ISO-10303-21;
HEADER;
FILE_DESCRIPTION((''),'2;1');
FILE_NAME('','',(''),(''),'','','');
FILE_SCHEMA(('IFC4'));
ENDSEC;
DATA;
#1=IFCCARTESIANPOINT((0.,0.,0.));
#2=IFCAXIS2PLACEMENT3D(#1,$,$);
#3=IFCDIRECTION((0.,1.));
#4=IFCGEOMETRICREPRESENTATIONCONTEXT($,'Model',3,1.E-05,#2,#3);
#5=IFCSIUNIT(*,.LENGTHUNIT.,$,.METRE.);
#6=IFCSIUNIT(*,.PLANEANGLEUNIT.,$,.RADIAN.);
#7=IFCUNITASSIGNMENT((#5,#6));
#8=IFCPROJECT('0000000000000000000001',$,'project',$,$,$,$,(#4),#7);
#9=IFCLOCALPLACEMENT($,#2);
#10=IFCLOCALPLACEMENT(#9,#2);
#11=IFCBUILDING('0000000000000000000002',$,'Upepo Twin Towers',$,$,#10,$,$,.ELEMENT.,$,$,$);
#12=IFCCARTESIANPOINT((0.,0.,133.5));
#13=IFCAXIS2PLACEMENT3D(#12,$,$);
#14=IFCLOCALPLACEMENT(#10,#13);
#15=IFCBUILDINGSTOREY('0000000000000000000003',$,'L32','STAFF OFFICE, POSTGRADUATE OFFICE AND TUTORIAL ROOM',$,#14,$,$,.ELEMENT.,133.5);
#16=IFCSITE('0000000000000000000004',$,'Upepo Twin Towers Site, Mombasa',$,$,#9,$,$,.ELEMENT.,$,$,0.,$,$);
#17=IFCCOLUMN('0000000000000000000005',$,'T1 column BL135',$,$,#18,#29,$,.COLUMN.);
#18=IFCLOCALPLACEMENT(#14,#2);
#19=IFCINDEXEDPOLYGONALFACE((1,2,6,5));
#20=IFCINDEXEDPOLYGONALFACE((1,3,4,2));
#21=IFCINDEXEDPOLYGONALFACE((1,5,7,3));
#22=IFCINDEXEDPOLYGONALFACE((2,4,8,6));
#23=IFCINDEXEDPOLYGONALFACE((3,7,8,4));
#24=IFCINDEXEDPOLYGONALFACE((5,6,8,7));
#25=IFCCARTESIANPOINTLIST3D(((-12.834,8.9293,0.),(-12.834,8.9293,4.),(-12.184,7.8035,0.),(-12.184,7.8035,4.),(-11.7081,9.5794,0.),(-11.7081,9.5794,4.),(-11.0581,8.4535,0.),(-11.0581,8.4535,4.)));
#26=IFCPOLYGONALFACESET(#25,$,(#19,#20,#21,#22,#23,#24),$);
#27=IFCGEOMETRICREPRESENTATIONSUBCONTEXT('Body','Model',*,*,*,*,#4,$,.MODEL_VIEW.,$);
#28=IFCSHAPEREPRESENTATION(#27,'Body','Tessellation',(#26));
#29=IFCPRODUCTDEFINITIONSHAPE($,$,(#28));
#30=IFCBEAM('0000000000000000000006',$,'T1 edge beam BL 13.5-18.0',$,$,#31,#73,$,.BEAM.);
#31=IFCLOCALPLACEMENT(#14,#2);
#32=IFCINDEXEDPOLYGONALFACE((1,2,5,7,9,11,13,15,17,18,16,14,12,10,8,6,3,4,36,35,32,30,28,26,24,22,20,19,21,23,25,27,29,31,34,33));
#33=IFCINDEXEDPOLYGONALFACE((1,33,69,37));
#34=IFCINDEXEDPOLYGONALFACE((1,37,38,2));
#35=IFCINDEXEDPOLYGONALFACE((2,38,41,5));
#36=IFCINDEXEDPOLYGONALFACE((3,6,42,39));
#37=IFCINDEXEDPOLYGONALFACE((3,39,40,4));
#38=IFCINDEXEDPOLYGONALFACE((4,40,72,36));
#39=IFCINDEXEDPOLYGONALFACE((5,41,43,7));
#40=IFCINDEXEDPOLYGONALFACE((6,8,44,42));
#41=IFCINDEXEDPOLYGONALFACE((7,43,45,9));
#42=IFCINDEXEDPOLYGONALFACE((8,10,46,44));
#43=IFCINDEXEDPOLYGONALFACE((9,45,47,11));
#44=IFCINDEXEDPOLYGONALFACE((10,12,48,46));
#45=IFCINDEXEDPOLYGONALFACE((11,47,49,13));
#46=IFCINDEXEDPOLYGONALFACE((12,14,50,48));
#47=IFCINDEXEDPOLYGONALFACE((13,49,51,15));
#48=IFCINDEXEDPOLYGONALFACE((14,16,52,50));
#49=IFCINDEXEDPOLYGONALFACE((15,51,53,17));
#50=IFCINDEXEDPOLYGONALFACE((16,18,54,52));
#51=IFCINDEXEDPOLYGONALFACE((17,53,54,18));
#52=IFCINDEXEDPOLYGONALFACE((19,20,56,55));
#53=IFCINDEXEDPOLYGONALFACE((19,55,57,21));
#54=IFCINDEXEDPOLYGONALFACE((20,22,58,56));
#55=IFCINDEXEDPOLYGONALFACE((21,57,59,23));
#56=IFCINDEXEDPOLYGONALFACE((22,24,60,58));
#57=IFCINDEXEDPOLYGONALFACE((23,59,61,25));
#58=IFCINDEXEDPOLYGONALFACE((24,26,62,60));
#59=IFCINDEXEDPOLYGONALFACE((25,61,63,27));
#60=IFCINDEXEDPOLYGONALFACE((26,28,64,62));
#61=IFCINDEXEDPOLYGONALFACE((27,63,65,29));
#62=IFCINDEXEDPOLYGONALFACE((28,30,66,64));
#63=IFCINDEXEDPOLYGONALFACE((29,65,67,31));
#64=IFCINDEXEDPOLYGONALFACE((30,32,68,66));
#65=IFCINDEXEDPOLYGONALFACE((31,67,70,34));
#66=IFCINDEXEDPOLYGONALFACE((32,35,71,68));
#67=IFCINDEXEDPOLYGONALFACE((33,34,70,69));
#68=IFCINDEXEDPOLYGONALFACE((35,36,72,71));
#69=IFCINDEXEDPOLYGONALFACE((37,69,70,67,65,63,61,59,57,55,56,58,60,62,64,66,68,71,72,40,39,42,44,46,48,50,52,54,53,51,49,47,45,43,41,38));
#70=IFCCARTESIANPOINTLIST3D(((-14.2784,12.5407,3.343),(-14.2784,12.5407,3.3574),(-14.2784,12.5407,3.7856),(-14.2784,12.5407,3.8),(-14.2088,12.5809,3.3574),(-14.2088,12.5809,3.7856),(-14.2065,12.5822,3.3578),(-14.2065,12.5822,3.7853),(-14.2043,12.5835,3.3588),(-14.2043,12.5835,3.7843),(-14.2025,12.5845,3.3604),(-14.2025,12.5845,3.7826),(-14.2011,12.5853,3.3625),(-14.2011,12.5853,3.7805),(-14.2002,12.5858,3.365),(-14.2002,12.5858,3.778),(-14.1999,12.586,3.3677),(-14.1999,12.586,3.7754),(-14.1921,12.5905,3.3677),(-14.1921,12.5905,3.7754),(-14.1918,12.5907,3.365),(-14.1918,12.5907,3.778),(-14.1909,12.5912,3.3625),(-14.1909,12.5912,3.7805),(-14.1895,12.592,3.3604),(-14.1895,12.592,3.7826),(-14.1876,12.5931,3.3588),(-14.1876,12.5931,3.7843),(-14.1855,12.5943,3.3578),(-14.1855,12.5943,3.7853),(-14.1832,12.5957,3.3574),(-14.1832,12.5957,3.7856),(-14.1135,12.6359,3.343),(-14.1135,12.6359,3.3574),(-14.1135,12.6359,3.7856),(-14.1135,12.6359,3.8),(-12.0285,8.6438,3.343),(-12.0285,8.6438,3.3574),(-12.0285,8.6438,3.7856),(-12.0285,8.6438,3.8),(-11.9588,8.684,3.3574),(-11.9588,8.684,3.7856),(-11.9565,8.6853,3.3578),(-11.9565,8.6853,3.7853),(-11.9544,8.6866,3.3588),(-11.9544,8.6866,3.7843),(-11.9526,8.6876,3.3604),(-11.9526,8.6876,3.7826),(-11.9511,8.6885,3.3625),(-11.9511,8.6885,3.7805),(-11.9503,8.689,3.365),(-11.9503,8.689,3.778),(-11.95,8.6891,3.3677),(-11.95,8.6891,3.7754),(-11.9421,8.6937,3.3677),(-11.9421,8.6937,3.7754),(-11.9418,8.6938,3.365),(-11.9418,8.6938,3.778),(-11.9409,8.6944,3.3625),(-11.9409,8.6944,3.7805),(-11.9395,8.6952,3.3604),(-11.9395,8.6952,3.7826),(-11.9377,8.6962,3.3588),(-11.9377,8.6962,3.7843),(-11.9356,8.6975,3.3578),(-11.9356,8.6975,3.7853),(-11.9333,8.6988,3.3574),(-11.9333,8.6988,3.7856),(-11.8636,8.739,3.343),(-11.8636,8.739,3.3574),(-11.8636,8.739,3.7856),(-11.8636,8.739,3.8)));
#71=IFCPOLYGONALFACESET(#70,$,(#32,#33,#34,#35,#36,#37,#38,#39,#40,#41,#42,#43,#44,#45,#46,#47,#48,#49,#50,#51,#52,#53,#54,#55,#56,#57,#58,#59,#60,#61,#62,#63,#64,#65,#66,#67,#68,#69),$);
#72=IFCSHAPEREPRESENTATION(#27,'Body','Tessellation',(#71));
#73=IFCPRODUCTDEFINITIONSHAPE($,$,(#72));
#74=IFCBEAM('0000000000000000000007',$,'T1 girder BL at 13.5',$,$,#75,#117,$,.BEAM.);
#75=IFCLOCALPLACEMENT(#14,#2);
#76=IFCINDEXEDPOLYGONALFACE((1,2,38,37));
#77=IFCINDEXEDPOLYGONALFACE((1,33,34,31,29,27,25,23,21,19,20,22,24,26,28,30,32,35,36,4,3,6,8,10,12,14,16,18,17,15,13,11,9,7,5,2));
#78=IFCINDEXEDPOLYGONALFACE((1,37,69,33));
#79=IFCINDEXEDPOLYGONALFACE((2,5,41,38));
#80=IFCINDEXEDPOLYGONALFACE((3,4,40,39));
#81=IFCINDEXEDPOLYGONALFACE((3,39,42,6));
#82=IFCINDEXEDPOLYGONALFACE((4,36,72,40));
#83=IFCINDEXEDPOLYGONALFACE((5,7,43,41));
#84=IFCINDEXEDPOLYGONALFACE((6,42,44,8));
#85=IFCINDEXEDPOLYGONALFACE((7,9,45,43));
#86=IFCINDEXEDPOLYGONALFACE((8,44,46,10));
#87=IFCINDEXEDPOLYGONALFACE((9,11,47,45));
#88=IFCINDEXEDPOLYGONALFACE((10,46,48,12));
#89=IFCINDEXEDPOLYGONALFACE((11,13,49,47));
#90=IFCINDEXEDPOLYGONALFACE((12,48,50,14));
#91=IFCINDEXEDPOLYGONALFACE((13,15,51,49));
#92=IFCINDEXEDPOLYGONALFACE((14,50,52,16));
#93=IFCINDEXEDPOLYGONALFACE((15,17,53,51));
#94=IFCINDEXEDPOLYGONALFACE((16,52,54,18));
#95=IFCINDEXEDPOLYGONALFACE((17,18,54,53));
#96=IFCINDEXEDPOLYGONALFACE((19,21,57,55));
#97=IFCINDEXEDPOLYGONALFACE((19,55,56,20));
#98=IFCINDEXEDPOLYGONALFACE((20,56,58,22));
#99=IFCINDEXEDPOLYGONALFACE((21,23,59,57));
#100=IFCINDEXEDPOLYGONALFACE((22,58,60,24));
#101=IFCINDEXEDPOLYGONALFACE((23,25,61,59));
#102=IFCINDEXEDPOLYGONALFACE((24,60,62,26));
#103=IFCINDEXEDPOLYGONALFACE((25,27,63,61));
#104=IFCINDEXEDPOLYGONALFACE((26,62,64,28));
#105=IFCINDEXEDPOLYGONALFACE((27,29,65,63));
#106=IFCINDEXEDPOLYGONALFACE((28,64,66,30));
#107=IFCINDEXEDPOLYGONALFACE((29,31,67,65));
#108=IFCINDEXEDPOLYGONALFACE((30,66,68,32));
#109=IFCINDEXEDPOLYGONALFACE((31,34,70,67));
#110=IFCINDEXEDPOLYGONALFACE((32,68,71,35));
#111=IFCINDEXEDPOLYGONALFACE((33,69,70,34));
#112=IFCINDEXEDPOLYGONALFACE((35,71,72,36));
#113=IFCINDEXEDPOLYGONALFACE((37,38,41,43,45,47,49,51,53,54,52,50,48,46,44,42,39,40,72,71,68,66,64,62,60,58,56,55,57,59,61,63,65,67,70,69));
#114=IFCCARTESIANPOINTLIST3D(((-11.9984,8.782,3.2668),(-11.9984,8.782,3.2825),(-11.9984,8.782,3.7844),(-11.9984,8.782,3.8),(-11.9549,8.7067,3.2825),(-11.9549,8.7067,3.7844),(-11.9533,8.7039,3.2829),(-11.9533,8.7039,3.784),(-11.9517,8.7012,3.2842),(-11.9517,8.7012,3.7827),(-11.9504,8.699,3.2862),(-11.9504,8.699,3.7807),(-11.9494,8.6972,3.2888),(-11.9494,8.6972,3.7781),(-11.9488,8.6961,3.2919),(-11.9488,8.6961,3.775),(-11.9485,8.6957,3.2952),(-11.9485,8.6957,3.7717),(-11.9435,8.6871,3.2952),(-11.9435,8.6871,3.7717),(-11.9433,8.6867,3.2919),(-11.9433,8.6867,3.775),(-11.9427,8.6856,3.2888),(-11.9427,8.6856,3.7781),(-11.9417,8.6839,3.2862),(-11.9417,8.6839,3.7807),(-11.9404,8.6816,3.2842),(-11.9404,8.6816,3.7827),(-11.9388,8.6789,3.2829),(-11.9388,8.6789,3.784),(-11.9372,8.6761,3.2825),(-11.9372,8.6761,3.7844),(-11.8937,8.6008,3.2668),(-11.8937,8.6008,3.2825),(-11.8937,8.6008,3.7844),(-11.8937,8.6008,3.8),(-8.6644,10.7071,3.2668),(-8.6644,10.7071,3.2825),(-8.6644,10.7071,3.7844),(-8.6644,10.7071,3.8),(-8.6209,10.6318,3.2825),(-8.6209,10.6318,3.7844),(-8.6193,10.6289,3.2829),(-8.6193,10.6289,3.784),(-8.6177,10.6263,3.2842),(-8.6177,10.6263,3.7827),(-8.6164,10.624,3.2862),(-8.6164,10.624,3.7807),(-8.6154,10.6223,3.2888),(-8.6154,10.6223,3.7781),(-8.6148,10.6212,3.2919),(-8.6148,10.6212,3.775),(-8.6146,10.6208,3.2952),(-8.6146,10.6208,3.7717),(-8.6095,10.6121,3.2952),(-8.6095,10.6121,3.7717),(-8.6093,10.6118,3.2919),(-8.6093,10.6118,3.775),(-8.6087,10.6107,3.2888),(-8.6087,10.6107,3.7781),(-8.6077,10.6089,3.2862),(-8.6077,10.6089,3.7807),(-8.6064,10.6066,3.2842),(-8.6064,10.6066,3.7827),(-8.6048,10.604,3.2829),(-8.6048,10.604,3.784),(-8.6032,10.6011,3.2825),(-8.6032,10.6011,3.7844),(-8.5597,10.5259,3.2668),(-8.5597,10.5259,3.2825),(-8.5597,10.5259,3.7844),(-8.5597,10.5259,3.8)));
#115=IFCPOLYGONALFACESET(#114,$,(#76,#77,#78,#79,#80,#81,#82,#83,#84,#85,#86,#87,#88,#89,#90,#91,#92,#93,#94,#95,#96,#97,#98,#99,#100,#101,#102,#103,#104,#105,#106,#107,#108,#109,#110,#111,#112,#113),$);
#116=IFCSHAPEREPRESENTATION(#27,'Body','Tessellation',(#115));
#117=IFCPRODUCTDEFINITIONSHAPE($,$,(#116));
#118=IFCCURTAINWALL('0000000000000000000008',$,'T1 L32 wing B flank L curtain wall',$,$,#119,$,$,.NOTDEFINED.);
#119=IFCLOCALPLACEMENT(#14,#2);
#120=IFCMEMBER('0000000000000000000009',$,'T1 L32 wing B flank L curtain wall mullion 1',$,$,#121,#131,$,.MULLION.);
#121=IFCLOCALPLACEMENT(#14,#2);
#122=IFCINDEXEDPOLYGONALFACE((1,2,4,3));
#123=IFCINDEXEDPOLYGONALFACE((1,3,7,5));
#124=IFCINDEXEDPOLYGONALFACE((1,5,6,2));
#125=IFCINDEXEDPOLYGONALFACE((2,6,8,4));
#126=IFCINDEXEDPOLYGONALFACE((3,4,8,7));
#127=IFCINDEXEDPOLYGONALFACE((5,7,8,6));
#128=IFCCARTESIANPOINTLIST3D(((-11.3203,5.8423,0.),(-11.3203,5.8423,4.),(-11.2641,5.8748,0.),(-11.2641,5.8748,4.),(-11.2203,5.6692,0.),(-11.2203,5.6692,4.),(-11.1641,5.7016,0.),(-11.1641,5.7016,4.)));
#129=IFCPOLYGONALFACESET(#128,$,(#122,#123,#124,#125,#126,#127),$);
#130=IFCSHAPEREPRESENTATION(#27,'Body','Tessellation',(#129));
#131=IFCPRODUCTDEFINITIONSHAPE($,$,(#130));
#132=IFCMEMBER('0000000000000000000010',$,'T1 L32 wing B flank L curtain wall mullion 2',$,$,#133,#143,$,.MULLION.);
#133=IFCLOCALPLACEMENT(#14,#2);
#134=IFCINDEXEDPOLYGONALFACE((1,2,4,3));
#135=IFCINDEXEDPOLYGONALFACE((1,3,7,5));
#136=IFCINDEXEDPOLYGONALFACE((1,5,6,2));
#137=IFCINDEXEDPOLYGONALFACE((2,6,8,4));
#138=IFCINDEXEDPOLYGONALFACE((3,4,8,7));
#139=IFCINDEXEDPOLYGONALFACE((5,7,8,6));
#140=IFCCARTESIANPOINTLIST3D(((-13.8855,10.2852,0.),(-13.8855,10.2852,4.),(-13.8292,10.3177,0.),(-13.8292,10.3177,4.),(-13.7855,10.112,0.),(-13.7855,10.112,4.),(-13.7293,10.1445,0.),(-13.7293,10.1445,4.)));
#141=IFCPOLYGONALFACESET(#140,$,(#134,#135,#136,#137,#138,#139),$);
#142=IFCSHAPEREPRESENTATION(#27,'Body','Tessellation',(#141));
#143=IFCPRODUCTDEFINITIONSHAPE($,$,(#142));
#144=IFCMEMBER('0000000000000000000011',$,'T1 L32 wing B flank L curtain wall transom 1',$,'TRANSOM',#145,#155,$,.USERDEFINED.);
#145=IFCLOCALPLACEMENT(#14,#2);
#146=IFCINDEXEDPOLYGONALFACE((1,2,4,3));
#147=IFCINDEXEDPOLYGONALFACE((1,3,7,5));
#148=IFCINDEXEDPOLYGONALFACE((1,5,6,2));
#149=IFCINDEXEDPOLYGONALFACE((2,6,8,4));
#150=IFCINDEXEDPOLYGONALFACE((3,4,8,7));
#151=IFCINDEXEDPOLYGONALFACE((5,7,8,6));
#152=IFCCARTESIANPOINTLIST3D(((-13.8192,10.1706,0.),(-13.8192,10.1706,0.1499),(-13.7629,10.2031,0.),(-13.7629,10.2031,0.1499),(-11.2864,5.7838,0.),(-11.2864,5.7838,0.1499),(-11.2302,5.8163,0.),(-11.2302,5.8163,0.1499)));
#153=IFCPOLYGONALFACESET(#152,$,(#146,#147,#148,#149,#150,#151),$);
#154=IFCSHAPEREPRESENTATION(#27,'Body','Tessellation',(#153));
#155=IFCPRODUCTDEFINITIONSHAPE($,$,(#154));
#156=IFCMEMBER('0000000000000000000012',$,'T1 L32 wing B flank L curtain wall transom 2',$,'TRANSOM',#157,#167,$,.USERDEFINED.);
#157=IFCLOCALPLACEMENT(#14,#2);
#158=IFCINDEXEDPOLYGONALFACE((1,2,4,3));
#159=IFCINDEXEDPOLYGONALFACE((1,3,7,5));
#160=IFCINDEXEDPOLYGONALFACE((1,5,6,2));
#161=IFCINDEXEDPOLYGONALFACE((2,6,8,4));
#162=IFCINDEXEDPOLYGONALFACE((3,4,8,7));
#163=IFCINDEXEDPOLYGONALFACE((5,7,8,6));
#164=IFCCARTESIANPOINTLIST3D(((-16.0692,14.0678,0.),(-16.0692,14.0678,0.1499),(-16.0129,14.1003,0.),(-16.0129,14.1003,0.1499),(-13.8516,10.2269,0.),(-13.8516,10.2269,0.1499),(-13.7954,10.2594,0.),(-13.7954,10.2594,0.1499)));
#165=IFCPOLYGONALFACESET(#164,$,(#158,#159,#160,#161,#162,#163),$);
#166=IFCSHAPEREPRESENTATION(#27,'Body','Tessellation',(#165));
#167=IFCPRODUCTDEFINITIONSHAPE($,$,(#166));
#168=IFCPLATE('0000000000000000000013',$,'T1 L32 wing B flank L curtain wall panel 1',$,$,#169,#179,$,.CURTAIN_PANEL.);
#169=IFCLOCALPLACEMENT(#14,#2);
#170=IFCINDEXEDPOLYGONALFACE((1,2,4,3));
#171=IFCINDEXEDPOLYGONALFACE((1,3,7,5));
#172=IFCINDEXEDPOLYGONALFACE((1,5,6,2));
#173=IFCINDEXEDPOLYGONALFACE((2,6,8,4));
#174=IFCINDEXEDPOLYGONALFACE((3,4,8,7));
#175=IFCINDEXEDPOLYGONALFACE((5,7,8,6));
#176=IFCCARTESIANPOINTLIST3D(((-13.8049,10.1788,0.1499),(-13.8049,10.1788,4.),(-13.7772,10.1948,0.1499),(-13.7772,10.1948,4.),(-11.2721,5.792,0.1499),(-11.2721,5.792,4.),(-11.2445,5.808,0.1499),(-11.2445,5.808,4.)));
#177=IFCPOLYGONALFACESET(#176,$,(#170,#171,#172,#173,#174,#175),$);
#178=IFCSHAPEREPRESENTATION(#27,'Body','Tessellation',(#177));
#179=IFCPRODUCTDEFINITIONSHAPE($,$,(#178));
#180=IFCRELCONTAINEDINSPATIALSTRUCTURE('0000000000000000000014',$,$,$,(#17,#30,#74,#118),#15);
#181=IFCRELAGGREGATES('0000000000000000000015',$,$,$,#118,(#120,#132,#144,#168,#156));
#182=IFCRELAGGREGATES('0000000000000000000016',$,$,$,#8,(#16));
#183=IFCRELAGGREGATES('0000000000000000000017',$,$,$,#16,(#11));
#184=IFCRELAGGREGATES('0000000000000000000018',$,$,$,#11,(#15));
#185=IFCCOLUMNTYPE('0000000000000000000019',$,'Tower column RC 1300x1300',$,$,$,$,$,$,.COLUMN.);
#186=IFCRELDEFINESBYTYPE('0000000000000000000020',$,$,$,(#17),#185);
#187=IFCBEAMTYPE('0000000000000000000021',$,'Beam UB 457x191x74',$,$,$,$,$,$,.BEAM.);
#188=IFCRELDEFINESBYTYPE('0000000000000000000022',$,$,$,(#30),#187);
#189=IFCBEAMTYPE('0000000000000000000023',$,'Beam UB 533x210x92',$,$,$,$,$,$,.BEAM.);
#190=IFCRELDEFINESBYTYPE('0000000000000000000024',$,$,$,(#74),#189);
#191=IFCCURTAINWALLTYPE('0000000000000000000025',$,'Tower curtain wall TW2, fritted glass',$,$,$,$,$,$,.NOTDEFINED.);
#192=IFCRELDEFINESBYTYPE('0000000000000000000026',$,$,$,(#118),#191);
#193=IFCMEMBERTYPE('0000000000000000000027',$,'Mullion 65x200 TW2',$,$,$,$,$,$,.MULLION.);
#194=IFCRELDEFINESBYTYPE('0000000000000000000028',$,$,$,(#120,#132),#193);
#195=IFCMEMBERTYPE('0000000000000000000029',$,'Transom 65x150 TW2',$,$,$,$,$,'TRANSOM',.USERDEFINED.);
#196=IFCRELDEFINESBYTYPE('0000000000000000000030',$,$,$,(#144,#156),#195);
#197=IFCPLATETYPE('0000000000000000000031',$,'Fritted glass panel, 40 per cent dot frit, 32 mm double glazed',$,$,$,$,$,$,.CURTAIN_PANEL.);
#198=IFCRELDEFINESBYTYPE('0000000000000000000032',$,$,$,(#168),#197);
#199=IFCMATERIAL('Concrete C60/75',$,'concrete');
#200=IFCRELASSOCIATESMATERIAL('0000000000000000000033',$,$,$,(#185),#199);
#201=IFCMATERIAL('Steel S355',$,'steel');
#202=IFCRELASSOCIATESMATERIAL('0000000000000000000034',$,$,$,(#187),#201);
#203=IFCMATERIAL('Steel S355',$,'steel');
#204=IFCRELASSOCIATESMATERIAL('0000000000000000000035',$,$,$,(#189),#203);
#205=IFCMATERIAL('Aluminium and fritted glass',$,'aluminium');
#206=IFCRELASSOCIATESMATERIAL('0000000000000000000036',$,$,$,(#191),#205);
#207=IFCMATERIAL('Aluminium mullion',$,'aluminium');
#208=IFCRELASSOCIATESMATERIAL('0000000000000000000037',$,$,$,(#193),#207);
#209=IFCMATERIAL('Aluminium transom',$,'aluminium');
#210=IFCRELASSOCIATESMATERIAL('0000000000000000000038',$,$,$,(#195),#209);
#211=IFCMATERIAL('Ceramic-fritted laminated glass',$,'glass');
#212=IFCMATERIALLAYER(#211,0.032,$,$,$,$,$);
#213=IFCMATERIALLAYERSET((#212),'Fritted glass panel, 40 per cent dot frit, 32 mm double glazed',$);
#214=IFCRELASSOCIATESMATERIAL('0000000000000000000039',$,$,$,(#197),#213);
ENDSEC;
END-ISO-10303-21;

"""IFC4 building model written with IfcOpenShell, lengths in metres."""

from ifc_helpers import new_model, si_unit, direction, frame, origin, origin_2d, place, context, subcontext, project, spatial, rectangle, i_section, extrude, material, layer, layer_set, material_profile, profile_set, type_object, element, aggregate, save


model = new_model("IFC4")

# Units and contexts
model_context = context("Model", 3, precision=1e-05, world=origin(), true_north=direction((0.0, 1.0)))
body_context = subcontext(model_context, "Body", "Model", "MODEL_VIEW")
ifc_project = project(units=[si_unit("LENGTHUNIT", "METRE"), si_unit("PLANEANGLEUNIT", "RADIAN")], contexts=[model_context])

# Site, building, storey
site_placement = place(None, origin())
site = spatial("IfcSite", under=ifc_project, at=site_placement, Name="Upepo Twin Towers Site, Mombasa", CompositionType="ELEMENT", RefElevation=0.0)
building_placement = place(site_placement, origin())
building = spatial("IfcBuilding", under=site, at=building_placement, Name="Upepo Twin Towers", CompositionType="ELEMENT")
storey_placement = place(building_placement, frame((0.0, 0.0, 133.5)))
storey = spatial("IfcBuildingStorey", under=building, at=storey_placement, Name="L32", Description="STAFF OFFICE, POSTGRADUATE OFFICE AND TUTORIAL ROOM", CompositionType="ELEMENT", Elevation=133.5)

# Column
ifc_material_1 = material(Name="Concrete C60/75", Category="concrete")
ifc_material_profile_1 = material_profile(ifc_material_1, rectangle(XDim=1.3, YDim=1.3, at=origin_2d()), Name="RC 1300x1300")
ifc_profile_set_1 = profile_set([ifc_material_profile_1], Name="Concrete C60/75")
column_type = type_object("IfcColumnType", Name="Tower column RC 1300x1300", PredefinedType="COLUMN", material=ifc_profile_set_1)
column_placement = place(storey_placement, frame((-11.946, 8.6914, 0.0), z_axis=(0.0, 0.0, 1.0), x_axis=(0.866025, 0.5, 0.0)))
element("IfcColumn", 1, at=column_placement, inside=storey, type_object=column_type, Name="T1 column BL135", PredefinedType="COLUMN", context=body_context, shape_type="SweptSolid", body=[
    extrude(rectangle(XDim=1.3, YDim=1.3, at=origin_2d()), origin(), (0.0, 0.0, 1.0), 4.0),
])

# Beams
ifc_material_2 = material(Name="Steel S355", Category="steel")
ifc_material_profile_2 = material_profile(ifc_material_2, i_section(OverallWidth=0.1904, OverallDepth=0.457, WebThickness=0.009, FlangeThickness=0.0144, FilletRadius=0.0103, at=origin_2d()), Name="UB 457x191x74")
ifc_profile_set_2 = profile_set([ifc_material_profile_2], Name="Steel S355")
beam_type_1 = type_object("IfcBeamType", Name="Beam UB 457x191x74", PredefinedType="BEAM", material=ifc_profile_set_2)
beam_1_placement = place(storey_placement, frame((-11.946, 8.6914, 3.5715), z_axis=(-0.500014, 0.866018, 0.0), x_axis=(-0.866018, -0.500014, 0.0)))
element("IfcBeam", 2, at=beam_1_placement, inside=storey, type_object=beam_type_1, Name="T1 edge beam BL 13.5-18.0", PredefinedType="BEAM", context=body_context, shape_type="SweptSolid", body=[
    extrude(i_section(OverallWidth=0.1904, OverallDepth=0.457, WebThickness=0.009, FlangeThickness=0.0144, FilletRadius=0.0103, at=origin_2d()), origin(), (0.0, 0.0, 1.0), 4.4998),
])
ifc_material_3 = material(Name="Steel S355", Category="steel")
ifc_material_profile_3 = material_profile(ifc_material_3, i_section(OverallWidth=0.2092, OverallDepth=0.5332, WebThickness=0.01, FlangeThickness=0.0156, FilletRadius=0.0127, at=origin_2d()), Name="UB 533x210x92")
ifc_profile_set_3 = profile_set([ifc_material_profile_3], Name="Steel S355")
beam_type_2 = type_object("IfcBeamType", Name="Beam UB 533x210x92", PredefinedType="BEAM", material=ifc_profile_set_3)
beam_2_placement = place(storey_placement, frame((-11.946, 8.6914, 3.5334), z_axis=(0.866006, 0.500034, 0.0), x_axis=(-0.500034, 0.866006, 0.0)))
element("IfcBeam", 3, at=beam_2_placement, inside=storey, type_object=beam_type_2, Name="T1 girder BL at 13.5", PredefinedType="BEAM", context=body_context, shape_type="SweptSolid", body=[
    extrude(i_section(OverallWidth=0.2092, OverallDepth=0.5332, WebThickness=0.01, FlangeThickness=0.0156, FilletRadius=0.0127, at=origin_2d()), origin(), (0.0, 0.0, 1.0), 3.8499),
])

# Curtain wall, members, plate
ifc_material_4 = material(Name="Aluminium and fritted glass", Category="aluminium")
curtain_wall_type = type_object("IfcCurtainWallType", Name="Tower curtain wall TW2, fritted glass", PredefinedType="NOTDEFINED", material=ifc_material_4)
curtain_wall_placement = place(storey_placement, origin())
curtain_wall = element("IfcCurtainWall", 4, at=curtain_wall_placement, inside=storey, type_object=curtain_wall_type, Name="T1 L32 wing B flank L curtain wall", PredefinedType="NOTDEFINED")
ifc_material_5 = material(Name="Aluminium mullion", Category="aluminium")
ifc_material_profile_4 = material_profile(ifc_material_5, rectangle(XDim=0.0649, YDim=0.2, at=origin_2d()), Name="MULLION 65x200")
ifc_profile_set_4 = profile_set([ifc_material_profile_4], Name="Aluminium mullion")
member_type_1 = type_object("IfcMemberType", Name="Mullion 65x200 TW2", PredefinedType="MULLION", material=ifc_profile_set_4)
member_1_placement = place(storey_placement, frame((-11.2422, 5.772, 0.0), z_axis=(0.0, 0.0, 1.0), x_axis=(-0.866025, -0.5, 0.0)))
member_1 = element("IfcMember", 5, at=member_1_placement, type_object=member_type_1, Name="T1 L32 wing B flank L curtain wall mullion 1", PredefinedType="MULLION", context=body_context, shape_type="SweptSolid", body=[
    extrude(rectangle(XDim=0.0649, YDim=0.2, at=origin_2d()), origin(), (0.0, 0.0, 1.0), 4.0),
])
member_2_placement = place(storey_placement, frame((-13.8074, 10.2148, 0.0), z_axis=(0.0, 0.0, 1.0), x_axis=(-0.866025, -0.5, 0.0)))
member_2 = element("IfcMember", 6, at=member_2_placement, type_object=member_type_1, Name="T1 L32 wing B flank L curtain wall mullion 2", PredefinedType="MULLION", context=body_context, shape_type="SweptSolid", body=[
    extrude(rectangle(XDim=0.0649, YDim=0.2, at=origin_2d()), origin(), (0.0, 0.0, 1.0), 4.0),
])
ifc_material_6 = material(Name="Aluminium transom", Category="aluminium")
ifc_material_profile_5 = material_profile(ifc_material_6, rectangle(XDim=0.0649, YDim=0.1499, at=origin_2d()), Name="TRANSOM 65x150")
ifc_profile_set_5 = profile_set([ifc_material_profile_5], Name="Aluminium transom")
member_type_2 = type_object("IfcMemberType", Name="Transom 65x150 TW2", ElementType="TRANSOM", PredefinedType="USERDEFINED", material=ifc_profile_set_5)
member_3_placement = place(storey_placement, frame((-11.2583, 5.8, 0.075), z_axis=(-0.500006, 0.866022, 0.0), x_axis=(-0.866022, -0.500006, 0.0)))
member_3 = element("IfcMember", 7, at=member_3_placement, type_object=member_type_2, Name="T1 L32 wing B flank L curtain wall transom 1", ObjectType="TRANSOM", PredefinedType="USERDEFINED", context=body_context, shape_type="SweptSolid", body=[
    extrude(rectangle(XDim=0.0649, YDim=0.1499, at=origin_2d()), origin(), (0.0, 0.0, 1.0), 5.0654),
])
member_4_placement = place(storey_placement, frame((-13.8235, 10.2432, 0.075), z_axis=(-0.500005, 0.866022, 0.0), x_axis=(-0.866022, -0.500005, 0.0)))
member_4 = element("IfcMember", 8, at=member_4_placement, type_object=member_type_2, Name="T1 L32 wing B flank L curtain wall transom 2", ObjectType="TRANSOM", PredefinedType="USERDEFINED", context=body_context, shape_type="SweptSolid", body=[
    extrude(rectangle(XDim=0.0649, YDim=0.1499, at=origin_2d()), origin(), (0.0, 0.0, 1.0), 4.4351),
])
ifc_material_7 = material(Name="Ceramic-fritted laminated glass", Category="glass")
ifc_layer_1 = layer(ifc_material_7, 0.032)
ifc_layer_set_1 = layer_set([ifc_layer_1], Name="Fritted glass panel, 40 per cent dot frit, 32 mm double glazed")
plate_type = type_object("IfcPlateType", Name="Fritted glass panel, 40 per cent dot frit, 32 mm double glazed", PredefinedType="CURTAIN_PANEL", material=ifc_layer_set_1)
plate_1_placement = place(storey_placement, frame((-12.5247, 7.9934, 0.1499), z_axis=(0.0, 0.0, 1.0), x_axis=(-0.5, 0.866025, 0.0)))
plate_1 = element("IfcPlate", 9, at=plate_1_placement, type_object=plate_type, Name="T1 L32 wing B flank L curtain wall panel 1", PredefinedType="CURTAIN_PANEL", context=body_context, shape_type="SweptSolid", body=[
    extrude(rectangle(XDim=5.0654, YDim=0.032, at=origin_2d()), origin(), (0.0, 0.0, 1.0), 3.8501),
])
aggregate(curtain_wall, [member_1, member_2, member_3, plate_1, member_4])

save(model, "model.ifc")
